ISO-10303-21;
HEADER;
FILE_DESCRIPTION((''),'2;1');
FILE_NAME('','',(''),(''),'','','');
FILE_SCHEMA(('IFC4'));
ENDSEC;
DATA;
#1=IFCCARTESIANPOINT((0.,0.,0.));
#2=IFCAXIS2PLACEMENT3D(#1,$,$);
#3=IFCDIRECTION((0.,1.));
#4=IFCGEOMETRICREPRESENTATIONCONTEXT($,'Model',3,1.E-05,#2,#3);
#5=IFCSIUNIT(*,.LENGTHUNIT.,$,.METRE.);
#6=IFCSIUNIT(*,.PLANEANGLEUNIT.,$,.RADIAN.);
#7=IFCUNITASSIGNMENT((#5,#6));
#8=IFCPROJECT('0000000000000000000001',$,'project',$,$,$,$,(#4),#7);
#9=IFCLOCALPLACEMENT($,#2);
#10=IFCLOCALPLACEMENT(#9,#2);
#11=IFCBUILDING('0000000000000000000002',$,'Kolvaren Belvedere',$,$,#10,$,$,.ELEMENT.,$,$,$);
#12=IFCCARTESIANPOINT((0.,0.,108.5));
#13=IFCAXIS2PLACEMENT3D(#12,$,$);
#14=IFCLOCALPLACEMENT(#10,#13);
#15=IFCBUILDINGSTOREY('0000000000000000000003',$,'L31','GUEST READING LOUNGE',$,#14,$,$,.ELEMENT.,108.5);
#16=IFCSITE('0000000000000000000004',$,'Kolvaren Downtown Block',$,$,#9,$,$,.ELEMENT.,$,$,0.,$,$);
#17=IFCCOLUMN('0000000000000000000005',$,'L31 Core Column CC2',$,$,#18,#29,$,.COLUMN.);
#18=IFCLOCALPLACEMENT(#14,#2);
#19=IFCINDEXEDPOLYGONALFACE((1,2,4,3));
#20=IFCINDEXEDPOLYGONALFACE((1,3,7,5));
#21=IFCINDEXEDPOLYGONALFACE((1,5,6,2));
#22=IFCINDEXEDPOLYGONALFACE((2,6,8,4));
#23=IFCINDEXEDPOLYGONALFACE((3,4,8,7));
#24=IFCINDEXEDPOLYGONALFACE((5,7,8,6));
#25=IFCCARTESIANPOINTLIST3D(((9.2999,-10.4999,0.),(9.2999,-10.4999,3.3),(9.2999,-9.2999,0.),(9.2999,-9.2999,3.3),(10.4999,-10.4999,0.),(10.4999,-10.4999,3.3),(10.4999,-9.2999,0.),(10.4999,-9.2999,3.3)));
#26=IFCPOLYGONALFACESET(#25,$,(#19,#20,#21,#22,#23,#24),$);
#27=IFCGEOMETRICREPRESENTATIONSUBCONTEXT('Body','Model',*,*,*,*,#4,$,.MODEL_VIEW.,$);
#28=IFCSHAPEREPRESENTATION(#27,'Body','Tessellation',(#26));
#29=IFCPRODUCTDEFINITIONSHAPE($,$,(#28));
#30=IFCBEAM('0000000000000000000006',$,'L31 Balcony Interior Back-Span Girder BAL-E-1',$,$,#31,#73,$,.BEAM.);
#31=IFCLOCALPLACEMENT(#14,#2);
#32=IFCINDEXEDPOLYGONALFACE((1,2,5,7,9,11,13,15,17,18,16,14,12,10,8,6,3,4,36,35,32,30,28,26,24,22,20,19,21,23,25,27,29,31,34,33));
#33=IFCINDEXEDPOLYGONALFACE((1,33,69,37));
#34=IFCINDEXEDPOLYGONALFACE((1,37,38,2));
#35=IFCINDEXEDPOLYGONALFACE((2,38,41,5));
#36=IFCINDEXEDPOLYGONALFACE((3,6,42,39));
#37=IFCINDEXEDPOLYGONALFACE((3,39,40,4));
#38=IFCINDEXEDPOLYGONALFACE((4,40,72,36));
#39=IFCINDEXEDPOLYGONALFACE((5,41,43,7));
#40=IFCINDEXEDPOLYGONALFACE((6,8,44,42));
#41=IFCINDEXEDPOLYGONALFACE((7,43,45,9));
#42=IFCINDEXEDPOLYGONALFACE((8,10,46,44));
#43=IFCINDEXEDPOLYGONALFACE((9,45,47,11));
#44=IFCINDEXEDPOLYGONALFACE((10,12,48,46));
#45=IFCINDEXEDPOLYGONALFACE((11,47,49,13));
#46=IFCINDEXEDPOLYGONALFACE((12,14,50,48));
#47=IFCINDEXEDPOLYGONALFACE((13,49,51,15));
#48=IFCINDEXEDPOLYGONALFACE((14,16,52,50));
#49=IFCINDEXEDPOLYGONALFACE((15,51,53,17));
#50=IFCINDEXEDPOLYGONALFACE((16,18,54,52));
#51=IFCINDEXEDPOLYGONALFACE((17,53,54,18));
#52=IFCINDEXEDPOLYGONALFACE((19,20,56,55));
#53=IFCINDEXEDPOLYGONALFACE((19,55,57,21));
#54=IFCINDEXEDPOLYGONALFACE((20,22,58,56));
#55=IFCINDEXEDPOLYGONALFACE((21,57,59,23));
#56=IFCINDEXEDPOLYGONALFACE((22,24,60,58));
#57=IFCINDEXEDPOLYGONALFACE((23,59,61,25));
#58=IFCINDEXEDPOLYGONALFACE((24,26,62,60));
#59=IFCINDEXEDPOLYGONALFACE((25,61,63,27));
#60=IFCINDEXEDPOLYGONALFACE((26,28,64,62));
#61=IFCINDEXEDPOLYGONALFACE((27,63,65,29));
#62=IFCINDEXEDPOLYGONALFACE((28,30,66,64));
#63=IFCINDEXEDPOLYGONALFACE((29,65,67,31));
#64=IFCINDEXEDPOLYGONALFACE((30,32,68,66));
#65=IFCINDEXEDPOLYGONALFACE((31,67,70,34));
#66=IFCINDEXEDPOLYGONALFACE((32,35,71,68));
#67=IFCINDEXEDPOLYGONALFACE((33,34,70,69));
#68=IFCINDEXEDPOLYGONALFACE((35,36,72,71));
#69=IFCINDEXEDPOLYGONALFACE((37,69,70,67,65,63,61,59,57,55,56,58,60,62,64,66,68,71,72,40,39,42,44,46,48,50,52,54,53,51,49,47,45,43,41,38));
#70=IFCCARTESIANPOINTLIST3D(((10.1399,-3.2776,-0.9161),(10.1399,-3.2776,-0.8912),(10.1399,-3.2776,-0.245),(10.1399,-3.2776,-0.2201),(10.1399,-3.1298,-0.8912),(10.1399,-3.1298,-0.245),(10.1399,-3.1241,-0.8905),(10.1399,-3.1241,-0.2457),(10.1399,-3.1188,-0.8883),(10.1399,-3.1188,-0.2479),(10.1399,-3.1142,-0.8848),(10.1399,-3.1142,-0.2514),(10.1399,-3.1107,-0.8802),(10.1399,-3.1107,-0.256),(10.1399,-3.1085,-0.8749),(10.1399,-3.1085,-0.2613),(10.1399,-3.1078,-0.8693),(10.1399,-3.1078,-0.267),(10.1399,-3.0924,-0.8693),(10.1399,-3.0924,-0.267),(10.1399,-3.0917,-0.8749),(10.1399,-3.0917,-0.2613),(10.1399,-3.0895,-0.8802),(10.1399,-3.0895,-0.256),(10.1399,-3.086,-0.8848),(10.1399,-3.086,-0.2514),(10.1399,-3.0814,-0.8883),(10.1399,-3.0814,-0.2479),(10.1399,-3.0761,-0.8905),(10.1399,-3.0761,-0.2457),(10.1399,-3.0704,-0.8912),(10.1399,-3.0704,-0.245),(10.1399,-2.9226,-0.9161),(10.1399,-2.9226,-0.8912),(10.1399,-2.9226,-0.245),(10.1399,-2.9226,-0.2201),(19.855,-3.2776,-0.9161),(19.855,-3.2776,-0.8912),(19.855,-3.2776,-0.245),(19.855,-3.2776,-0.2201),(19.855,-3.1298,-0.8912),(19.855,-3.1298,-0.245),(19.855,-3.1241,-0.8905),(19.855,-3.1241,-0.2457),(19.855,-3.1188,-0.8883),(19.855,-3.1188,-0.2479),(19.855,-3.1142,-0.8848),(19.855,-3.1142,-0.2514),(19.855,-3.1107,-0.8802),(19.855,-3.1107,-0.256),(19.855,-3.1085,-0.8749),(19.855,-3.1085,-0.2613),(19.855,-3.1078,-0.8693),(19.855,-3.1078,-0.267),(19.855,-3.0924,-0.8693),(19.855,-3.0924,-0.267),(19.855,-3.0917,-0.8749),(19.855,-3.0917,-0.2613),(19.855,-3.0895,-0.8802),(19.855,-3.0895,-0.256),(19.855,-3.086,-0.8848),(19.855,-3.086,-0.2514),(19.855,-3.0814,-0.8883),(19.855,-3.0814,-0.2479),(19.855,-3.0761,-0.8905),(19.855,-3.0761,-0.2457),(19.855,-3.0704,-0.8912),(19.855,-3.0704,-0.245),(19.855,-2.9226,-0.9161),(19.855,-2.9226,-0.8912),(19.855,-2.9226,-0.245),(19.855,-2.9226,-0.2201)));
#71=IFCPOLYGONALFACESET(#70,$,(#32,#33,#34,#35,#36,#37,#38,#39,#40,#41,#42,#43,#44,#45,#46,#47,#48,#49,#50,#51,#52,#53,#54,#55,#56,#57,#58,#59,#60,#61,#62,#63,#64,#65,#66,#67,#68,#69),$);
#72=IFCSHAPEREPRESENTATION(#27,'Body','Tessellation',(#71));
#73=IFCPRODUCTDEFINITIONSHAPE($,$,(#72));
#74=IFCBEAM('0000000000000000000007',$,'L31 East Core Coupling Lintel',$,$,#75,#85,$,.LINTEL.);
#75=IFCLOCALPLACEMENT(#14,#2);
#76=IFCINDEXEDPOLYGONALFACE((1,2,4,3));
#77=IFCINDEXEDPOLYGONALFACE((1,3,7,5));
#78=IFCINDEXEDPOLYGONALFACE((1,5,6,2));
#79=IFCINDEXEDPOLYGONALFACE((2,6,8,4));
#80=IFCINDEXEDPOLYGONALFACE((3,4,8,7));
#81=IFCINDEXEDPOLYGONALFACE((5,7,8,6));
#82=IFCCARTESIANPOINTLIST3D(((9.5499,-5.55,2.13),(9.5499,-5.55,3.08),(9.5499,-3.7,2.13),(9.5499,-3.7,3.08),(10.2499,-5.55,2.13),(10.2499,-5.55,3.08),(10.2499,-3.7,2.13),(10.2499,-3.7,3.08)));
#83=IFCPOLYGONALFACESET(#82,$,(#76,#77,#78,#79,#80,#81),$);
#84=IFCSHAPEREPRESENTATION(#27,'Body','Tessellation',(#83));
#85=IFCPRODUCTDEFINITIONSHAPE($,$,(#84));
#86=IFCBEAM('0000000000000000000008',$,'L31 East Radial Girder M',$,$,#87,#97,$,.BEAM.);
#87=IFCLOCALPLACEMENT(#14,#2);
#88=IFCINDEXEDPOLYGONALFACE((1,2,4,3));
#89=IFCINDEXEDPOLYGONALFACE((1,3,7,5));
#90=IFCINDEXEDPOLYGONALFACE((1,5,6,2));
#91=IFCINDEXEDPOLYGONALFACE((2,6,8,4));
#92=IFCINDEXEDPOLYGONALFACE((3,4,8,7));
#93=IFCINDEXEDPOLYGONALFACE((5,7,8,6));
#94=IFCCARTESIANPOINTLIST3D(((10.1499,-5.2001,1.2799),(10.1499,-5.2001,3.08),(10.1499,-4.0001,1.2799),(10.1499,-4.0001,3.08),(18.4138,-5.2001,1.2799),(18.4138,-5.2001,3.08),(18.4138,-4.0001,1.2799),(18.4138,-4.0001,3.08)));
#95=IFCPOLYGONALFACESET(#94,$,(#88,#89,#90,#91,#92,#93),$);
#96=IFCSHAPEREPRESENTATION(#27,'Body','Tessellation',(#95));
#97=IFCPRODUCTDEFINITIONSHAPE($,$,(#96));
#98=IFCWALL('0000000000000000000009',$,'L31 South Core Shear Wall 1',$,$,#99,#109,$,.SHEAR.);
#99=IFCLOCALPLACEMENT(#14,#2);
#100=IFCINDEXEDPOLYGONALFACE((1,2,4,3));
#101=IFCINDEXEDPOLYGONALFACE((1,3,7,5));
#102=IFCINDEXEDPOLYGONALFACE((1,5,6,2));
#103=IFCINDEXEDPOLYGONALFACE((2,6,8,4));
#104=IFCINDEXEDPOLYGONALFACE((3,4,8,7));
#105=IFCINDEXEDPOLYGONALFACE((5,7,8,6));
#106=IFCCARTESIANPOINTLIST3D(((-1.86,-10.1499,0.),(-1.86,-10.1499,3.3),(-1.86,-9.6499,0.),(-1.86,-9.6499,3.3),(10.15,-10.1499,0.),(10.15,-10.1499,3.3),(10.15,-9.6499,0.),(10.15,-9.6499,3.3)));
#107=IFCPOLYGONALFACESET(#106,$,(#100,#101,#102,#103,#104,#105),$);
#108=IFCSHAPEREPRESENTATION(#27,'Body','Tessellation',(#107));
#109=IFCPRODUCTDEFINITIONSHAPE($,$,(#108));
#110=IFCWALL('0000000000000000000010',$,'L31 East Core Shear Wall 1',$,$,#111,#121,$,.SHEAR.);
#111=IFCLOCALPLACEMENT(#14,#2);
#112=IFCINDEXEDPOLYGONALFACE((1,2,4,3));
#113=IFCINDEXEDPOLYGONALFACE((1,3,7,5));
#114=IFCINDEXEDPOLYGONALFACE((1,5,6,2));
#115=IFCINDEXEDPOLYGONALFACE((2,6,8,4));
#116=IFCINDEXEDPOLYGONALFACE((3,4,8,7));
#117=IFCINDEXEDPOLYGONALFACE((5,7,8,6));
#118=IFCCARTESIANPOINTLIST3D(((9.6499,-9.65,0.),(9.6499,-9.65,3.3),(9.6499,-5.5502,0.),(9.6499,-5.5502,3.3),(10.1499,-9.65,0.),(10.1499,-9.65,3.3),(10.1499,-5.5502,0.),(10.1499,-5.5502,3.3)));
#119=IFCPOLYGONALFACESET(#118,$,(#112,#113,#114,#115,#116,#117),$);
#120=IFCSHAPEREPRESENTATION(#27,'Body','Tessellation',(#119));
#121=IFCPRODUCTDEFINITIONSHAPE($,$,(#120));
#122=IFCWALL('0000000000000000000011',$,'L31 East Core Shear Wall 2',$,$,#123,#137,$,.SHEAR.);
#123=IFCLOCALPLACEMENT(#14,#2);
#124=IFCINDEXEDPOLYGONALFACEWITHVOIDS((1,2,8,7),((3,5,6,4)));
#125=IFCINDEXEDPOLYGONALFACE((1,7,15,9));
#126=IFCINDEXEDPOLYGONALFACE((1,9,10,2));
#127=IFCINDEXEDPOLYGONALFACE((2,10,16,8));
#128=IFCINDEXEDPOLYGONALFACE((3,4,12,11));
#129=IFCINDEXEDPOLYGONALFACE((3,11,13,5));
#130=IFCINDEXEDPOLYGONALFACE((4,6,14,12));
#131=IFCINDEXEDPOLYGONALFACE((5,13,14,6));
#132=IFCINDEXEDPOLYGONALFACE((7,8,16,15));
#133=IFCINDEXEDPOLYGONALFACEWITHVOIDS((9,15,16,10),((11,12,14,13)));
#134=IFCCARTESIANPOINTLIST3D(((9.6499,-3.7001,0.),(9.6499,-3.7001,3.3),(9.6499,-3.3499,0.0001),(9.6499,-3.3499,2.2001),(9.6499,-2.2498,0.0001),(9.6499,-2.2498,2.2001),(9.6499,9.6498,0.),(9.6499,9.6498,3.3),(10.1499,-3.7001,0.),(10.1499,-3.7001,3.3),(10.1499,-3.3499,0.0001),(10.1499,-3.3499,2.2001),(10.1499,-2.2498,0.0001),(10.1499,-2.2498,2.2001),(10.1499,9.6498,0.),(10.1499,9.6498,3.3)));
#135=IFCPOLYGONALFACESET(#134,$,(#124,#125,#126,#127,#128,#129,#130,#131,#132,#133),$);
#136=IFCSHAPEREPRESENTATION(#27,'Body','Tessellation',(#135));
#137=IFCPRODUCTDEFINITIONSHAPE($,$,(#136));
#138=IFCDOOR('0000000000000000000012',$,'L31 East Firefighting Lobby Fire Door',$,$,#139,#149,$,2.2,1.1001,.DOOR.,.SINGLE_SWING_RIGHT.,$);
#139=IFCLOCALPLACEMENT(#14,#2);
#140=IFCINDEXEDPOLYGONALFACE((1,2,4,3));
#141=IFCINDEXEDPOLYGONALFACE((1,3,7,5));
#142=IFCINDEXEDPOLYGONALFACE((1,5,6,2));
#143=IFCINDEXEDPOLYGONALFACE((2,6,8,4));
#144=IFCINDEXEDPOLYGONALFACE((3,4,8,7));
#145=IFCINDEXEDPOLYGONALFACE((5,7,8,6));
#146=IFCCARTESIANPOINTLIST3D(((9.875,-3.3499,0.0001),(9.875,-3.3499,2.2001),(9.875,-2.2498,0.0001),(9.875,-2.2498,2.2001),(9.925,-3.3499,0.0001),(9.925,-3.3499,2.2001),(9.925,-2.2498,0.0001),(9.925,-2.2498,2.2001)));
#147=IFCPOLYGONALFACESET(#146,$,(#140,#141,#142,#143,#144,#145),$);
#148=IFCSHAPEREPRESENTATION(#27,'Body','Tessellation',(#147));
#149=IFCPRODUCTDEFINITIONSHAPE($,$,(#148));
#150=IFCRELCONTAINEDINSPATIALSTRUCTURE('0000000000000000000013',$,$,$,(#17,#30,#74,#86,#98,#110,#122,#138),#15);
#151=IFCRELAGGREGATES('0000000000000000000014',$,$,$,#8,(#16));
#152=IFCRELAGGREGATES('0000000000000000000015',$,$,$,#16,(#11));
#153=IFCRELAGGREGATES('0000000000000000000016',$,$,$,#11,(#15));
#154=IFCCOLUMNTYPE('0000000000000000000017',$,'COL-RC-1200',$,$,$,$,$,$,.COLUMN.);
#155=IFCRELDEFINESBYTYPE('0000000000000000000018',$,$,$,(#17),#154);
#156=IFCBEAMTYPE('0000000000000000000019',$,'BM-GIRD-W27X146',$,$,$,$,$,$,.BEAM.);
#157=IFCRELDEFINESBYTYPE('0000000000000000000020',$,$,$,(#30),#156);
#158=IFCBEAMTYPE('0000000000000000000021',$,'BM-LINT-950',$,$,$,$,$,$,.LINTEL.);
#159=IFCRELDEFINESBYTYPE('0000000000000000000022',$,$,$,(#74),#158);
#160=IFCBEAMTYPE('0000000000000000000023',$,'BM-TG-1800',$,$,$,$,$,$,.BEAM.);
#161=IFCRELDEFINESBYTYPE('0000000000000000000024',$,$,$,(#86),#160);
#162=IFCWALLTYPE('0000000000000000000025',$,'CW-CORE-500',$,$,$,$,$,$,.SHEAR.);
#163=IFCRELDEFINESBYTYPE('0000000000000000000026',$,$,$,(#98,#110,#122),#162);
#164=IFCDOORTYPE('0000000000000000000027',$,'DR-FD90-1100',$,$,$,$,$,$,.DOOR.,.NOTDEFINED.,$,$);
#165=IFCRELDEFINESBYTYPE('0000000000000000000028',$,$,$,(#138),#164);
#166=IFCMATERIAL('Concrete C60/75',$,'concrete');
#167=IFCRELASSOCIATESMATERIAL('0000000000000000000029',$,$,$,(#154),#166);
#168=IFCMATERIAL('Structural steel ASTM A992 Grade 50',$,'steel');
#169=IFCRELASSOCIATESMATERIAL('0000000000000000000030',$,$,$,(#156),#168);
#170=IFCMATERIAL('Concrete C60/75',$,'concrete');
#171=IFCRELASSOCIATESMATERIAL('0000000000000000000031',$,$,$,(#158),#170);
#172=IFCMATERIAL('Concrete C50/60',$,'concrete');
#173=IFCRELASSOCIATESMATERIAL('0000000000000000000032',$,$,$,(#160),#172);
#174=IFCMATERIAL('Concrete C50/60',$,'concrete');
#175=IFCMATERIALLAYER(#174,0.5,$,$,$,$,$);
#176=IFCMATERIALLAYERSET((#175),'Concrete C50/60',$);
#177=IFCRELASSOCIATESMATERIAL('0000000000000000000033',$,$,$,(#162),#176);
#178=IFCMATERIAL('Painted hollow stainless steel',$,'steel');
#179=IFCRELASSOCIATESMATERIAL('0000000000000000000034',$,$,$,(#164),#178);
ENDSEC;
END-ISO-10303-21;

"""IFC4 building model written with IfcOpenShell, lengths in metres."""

from ifc_helpers import new_model, si_unit, direction, frame, frame_2d, origin, origin_2d, place, context, subcontext, project, spatial, rectangle, i_section, extrude, material, layer, layer_set, material_profile, profile_set, type_object, element, fill, save


model = new_model("IFC4")

# Units and contexts
model_context = context("Model", 3, precision=1e-05, world=origin(), true_north=direction((0.0, 1.0)))
body_context = subcontext(model_context, "Body", "Model", "MODEL_VIEW")
ifc_project = project(units=[si_unit("LENGTHUNIT", "METRE"), si_unit("PLANEANGLEUNIT", "RADIAN")], contexts=[model_context])

# Site, building, storey
site_placement = place(None, origin())
site = spatial("IfcSite", under=ifc_project, at=site_placement, Name="Kolvaren Downtown Block", CompositionType="ELEMENT", RefElevation=0.0)
building_placement = place(site_placement, origin())
building = spatial("IfcBuilding", under=site, at=building_placement, Name="Kolvaren Belvedere", CompositionType="ELEMENT")
storey_placement = place(building_placement, frame((0.0, 0.0, 108.5)))
storey = spatial("IfcBuildingStorey", under=building, at=storey_placement, Name="L31", Description="GUEST READING LOUNGE", CompositionType="ELEMENT", Elevation=108.5)

# Column
ifc_material_1 = material(Name="Concrete C60/75", Category="concrete")
ifc_material_profile_1 = material_profile(ifc_material_1, rectangle(XDim=1.2, YDim=1.2, at=origin_2d()), Name="RC 1200X1200")
ifc_profile_set_1 = profile_set([ifc_material_profile_1], Name="Concrete C60/75")
column_type = type_object("IfcColumnType", Name="COL-RC-1200", PredefinedType="COLUMN", material=ifc_profile_set_1)
column_placement = place(storey_placement, frame((9.8999, -9.8999, 0.0), z_axis=(0.0, 0.0, 1.0), x_axis=(1.0, 0.0, 0.0)))
element("IfcColumn", 1, at=column_placement, inside=storey, type_object=column_type, Name="L31 Core Column CC2", PredefinedType="COLUMN", context=body_context, shape_type="SweptSolid", body=[
    extrude(rectangle(XDim=1.2, YDim=1.2, at=origin_2d()), origin(), (0.0, 0.0, 1.0), 3.3),
])

# Beams
ifc_material_2 = material(Name="Structural steel ASTM A992 Grade 50", Category="steel")
ifc_material_profile_2 = material_profile(ifc_material_2, i_section(OverallWidth=0.355, OverallDepth=0.696, WebThickness=0.0154, FlangeThickness=0.0249, FilletRadius=0.022, at=origin_2d()), Name="W27X146")
ifc_profile_set_2 = profile_set([ifc_material_profile_2], Name="Structural steel ASTM A992 Grade 50")
beam_type_1 = type_object("IfcBeamType", Name="BM-GIRD-W27X146", PredefinedType="BEAM", material=ifc_profile_set_2)
beam_1_placement = place(storey_placement, frame((10.1399, -3.1001, -0.5681), z_axis=(1.0, 0.0, 0.0), x_axis=(0.0, 1.0, 0.0)))
element("IfcBeam", 2, at=beam_1_placement, inside=storey, type_object=beam_type_1, Name="L31 Balcony Interior Back-Span Girder BAL-E-1", PredefinedType="BEAM", context=body_context, shape_type="SweptSolid", body=[
    extrude(i_section(OverallWidth=0.355, OverallDepth=0.696, WebThickness=0.0154, FlangeThickness=0.0249, FilletRadius=0.022, at=origin_2d()), origin(), (0.0, 0.0, 1.0), 9.7151),
])
ifc_material_3 = material(Name="Concrete C60/75", Category="concrete")
ifc_material_profile_3 = material_profile(ifc_material_3, rectangle(XDim=0.7, YDim=0.95, at=origin_2d()), Name="RC 700X950")
ifc_profile_set_3 = profile_set([ifc_material_profile_3], Name="Concrete C60/75")
beam_type_2 = type_object("IfcBeamType", Name="BM-LINT-950", PredefinedType="LINTEL", material=ifc_profile_set_3)
beam_2_placement = place(storey_placement, frame((9.8999, -5.55, 2.605), z_axis=(0.0, 1.0, 0.0), x_axis=(-1.0, 0.0, 0.0)))
element("IfcBeam", 3, at=beam_2_placement, inside=storey, type_object=beam_type_2, Name="L31 East Core Coupling Lintel", PredefinedType="LINTEL", context=body_context, shape_type="SweptSolid", body=[
    extrude(rectangle(XDim=0.7, YDim=0.95, at=origin_2d()), origin(), (0.0, 0.0, 1.0), 1.8501),
])
ifc_material_4 = material(Name="Concrete C50/60", Category="concrete")
ifc_material_profile_4 = material_profile(ifc_material_4, rectangle(XDim=1.2, YDim=1.8, at=origin_2d()), Name="RC 1200X1800")
ifc_profile_set_4 = profile_set([ifc_material_profile_4], Name="Concrete C50/60")
beam_type_3 = type_object("IfcBeamType", Name="BM-TG-1800", PredefinedType="BEAM", material=ifc_profile_set_4)
beam_3_placement = place(storey_placement, frame((10.1499, -4.6001, 2.1799), z_axis=(1.0, 0.0, 0.0), x_axis=(0.0, 1.0, 0.0)))
element("IfcBeam", 4, at=beam_3_placement, inside=storey, type_object=beam_type_3, Name="L31 East Radial Girder M", PredefinedType="BEAM", context=body_context, shape_type="SweptSolid", body=[
    extrude(rectangle(XDim=1.2, YDim=1.8, at=origin_2d()), origin(), (0.0, 0.0, 1.0), 8.2639),
])

# Walls
ifc_material_5 = material(Name="Concrete C50/60", Category="concrete")
ifc_layer_1 = layer(ifc_material_5, 0.5)
ifc_layer_set_1 = layer_set([ifc_layer_1], Name="Concrete C50/60")
wall_type_1 = type_object("IfcWallType", Name="CW-CORE-500", PredefinedType="SHEAR", material=ifc_layer_set_1)
wall_1_placement = place(storey_placement, frame((10.1499, -9.8999, 0.0), z_axis=(0.0, 0.0, 1.0), x_axis=(-1.0, 0.0, 0.0)))
element("IfcWall", 5, at=wall_1_placement, inside=storey, type_object=wall_type_1, Name="L31 South Core Shear Wall 1", PredefinedType="SHEAR", context=body_context, shape_type="SweptSolid", body=[
    extrude(rectangle(XDim=12.01, YDim=0.5, at=frame_2d((6.0049, 0.0))), origin(), (0.0, 0.0, 1.0), 3.3),
])
wall_2_placement = place(storey_placement, frame((9.8999, -9.6499, 0.0), z_axis=(0.0, 0.0, 1.0), x_axis=(0.0, 1.0, 0.0)))
element("IfcWall", 6, at=wall_2_placement, inside=storey, type_object=wall_type_1, Name="L31 East Core Shear Wall 1", PredefinedType="SHEAR", context=body_context, shape_type="SweptSolid", body=[
    extrude(rectangle(XDim=4.0999, YDim=0.5, at=frame_2d((2.0498, 0.0))), origin(), (0.0, 0.0, 1.0), 3.3),
])

# Wall, opening, door
wall_3_placement = place(storey_placement, frame((9.8999, -3.7, 0.0), z_axis=(0.0, 0.0, 1.0), x_axis=(0.0, 1.0, 0.0)))
wall_3 = element("IfcWall", 7, at=wall_3_placement, inside=storey, type_object=wall_type_1, Name="L31 East Core Shear Wall 2", PredefinedType="SHEAR", context=body_context, shape_type="SweptSolid", body=[
    extrude(rectangle(XDim=13.3499, YDim=0.5, at=frame_2d((6.6748, 0.0))), origin(), (0.0, 0.0, 1.0), 3.3),
])
opening_1_placement = place(wall_3_placement, frame((0.3501, 0.0, 0.0)))
opening_1 = element("IfcOpeningElement", 8, at=opening_1_placement, cuts=wall_3, PredefinedType="OPENING", context=body_context, shape_type="SweptSolid", body=[
    extrude(rectangle(XDim=1.1001, YDim=2.2, at=frame_2d((0.55, 1.1001))), frame((0.0, 0.26, 0.0), z_axis=(0.0, -1.0, 0.0), x_axis=(1.0, 0.0, 0.0)), (0.0, 0.0, 1.0), 0.52),
])
ifc_material_6 = material(Name="Painted hollow stainless steel", Category="steel")
door_type_1 = type_object("IfcDoorType", Name="DR-FD90-1100", OperationType="NOTDEFINED", PredefinedType="DOOR", material=ifc_material_6)
door_1_placement = place(opening_1_placement, origin())
door_1 = element("IfcDoor", 9, at=door_1_placement, inside=storey, type_object=door_type_1, Name="L31 East Firefighting Lobby Fire Door", OperationType="SINGLE_SWING_RIGHT", OverallHeight=2.2, OverallWidth=1.1001, PredefinedType="DOOR", context=body_context, shape_type="SweptSolid", body=[
    extrude(rectangle(XDim=1.1001, YDim=2.2, at=frame_2d((0.55, 1.1001))), frame((0.0, 0.0249, 0.0), z_axis=(0.0, -1.0, 0.0), x_axis=(1.0, 0.0, 0.0)), (0.0, 0.0, 1.0), 0.05),
])
fill(opening_1, door_1)

save(model, "model.ifc")
